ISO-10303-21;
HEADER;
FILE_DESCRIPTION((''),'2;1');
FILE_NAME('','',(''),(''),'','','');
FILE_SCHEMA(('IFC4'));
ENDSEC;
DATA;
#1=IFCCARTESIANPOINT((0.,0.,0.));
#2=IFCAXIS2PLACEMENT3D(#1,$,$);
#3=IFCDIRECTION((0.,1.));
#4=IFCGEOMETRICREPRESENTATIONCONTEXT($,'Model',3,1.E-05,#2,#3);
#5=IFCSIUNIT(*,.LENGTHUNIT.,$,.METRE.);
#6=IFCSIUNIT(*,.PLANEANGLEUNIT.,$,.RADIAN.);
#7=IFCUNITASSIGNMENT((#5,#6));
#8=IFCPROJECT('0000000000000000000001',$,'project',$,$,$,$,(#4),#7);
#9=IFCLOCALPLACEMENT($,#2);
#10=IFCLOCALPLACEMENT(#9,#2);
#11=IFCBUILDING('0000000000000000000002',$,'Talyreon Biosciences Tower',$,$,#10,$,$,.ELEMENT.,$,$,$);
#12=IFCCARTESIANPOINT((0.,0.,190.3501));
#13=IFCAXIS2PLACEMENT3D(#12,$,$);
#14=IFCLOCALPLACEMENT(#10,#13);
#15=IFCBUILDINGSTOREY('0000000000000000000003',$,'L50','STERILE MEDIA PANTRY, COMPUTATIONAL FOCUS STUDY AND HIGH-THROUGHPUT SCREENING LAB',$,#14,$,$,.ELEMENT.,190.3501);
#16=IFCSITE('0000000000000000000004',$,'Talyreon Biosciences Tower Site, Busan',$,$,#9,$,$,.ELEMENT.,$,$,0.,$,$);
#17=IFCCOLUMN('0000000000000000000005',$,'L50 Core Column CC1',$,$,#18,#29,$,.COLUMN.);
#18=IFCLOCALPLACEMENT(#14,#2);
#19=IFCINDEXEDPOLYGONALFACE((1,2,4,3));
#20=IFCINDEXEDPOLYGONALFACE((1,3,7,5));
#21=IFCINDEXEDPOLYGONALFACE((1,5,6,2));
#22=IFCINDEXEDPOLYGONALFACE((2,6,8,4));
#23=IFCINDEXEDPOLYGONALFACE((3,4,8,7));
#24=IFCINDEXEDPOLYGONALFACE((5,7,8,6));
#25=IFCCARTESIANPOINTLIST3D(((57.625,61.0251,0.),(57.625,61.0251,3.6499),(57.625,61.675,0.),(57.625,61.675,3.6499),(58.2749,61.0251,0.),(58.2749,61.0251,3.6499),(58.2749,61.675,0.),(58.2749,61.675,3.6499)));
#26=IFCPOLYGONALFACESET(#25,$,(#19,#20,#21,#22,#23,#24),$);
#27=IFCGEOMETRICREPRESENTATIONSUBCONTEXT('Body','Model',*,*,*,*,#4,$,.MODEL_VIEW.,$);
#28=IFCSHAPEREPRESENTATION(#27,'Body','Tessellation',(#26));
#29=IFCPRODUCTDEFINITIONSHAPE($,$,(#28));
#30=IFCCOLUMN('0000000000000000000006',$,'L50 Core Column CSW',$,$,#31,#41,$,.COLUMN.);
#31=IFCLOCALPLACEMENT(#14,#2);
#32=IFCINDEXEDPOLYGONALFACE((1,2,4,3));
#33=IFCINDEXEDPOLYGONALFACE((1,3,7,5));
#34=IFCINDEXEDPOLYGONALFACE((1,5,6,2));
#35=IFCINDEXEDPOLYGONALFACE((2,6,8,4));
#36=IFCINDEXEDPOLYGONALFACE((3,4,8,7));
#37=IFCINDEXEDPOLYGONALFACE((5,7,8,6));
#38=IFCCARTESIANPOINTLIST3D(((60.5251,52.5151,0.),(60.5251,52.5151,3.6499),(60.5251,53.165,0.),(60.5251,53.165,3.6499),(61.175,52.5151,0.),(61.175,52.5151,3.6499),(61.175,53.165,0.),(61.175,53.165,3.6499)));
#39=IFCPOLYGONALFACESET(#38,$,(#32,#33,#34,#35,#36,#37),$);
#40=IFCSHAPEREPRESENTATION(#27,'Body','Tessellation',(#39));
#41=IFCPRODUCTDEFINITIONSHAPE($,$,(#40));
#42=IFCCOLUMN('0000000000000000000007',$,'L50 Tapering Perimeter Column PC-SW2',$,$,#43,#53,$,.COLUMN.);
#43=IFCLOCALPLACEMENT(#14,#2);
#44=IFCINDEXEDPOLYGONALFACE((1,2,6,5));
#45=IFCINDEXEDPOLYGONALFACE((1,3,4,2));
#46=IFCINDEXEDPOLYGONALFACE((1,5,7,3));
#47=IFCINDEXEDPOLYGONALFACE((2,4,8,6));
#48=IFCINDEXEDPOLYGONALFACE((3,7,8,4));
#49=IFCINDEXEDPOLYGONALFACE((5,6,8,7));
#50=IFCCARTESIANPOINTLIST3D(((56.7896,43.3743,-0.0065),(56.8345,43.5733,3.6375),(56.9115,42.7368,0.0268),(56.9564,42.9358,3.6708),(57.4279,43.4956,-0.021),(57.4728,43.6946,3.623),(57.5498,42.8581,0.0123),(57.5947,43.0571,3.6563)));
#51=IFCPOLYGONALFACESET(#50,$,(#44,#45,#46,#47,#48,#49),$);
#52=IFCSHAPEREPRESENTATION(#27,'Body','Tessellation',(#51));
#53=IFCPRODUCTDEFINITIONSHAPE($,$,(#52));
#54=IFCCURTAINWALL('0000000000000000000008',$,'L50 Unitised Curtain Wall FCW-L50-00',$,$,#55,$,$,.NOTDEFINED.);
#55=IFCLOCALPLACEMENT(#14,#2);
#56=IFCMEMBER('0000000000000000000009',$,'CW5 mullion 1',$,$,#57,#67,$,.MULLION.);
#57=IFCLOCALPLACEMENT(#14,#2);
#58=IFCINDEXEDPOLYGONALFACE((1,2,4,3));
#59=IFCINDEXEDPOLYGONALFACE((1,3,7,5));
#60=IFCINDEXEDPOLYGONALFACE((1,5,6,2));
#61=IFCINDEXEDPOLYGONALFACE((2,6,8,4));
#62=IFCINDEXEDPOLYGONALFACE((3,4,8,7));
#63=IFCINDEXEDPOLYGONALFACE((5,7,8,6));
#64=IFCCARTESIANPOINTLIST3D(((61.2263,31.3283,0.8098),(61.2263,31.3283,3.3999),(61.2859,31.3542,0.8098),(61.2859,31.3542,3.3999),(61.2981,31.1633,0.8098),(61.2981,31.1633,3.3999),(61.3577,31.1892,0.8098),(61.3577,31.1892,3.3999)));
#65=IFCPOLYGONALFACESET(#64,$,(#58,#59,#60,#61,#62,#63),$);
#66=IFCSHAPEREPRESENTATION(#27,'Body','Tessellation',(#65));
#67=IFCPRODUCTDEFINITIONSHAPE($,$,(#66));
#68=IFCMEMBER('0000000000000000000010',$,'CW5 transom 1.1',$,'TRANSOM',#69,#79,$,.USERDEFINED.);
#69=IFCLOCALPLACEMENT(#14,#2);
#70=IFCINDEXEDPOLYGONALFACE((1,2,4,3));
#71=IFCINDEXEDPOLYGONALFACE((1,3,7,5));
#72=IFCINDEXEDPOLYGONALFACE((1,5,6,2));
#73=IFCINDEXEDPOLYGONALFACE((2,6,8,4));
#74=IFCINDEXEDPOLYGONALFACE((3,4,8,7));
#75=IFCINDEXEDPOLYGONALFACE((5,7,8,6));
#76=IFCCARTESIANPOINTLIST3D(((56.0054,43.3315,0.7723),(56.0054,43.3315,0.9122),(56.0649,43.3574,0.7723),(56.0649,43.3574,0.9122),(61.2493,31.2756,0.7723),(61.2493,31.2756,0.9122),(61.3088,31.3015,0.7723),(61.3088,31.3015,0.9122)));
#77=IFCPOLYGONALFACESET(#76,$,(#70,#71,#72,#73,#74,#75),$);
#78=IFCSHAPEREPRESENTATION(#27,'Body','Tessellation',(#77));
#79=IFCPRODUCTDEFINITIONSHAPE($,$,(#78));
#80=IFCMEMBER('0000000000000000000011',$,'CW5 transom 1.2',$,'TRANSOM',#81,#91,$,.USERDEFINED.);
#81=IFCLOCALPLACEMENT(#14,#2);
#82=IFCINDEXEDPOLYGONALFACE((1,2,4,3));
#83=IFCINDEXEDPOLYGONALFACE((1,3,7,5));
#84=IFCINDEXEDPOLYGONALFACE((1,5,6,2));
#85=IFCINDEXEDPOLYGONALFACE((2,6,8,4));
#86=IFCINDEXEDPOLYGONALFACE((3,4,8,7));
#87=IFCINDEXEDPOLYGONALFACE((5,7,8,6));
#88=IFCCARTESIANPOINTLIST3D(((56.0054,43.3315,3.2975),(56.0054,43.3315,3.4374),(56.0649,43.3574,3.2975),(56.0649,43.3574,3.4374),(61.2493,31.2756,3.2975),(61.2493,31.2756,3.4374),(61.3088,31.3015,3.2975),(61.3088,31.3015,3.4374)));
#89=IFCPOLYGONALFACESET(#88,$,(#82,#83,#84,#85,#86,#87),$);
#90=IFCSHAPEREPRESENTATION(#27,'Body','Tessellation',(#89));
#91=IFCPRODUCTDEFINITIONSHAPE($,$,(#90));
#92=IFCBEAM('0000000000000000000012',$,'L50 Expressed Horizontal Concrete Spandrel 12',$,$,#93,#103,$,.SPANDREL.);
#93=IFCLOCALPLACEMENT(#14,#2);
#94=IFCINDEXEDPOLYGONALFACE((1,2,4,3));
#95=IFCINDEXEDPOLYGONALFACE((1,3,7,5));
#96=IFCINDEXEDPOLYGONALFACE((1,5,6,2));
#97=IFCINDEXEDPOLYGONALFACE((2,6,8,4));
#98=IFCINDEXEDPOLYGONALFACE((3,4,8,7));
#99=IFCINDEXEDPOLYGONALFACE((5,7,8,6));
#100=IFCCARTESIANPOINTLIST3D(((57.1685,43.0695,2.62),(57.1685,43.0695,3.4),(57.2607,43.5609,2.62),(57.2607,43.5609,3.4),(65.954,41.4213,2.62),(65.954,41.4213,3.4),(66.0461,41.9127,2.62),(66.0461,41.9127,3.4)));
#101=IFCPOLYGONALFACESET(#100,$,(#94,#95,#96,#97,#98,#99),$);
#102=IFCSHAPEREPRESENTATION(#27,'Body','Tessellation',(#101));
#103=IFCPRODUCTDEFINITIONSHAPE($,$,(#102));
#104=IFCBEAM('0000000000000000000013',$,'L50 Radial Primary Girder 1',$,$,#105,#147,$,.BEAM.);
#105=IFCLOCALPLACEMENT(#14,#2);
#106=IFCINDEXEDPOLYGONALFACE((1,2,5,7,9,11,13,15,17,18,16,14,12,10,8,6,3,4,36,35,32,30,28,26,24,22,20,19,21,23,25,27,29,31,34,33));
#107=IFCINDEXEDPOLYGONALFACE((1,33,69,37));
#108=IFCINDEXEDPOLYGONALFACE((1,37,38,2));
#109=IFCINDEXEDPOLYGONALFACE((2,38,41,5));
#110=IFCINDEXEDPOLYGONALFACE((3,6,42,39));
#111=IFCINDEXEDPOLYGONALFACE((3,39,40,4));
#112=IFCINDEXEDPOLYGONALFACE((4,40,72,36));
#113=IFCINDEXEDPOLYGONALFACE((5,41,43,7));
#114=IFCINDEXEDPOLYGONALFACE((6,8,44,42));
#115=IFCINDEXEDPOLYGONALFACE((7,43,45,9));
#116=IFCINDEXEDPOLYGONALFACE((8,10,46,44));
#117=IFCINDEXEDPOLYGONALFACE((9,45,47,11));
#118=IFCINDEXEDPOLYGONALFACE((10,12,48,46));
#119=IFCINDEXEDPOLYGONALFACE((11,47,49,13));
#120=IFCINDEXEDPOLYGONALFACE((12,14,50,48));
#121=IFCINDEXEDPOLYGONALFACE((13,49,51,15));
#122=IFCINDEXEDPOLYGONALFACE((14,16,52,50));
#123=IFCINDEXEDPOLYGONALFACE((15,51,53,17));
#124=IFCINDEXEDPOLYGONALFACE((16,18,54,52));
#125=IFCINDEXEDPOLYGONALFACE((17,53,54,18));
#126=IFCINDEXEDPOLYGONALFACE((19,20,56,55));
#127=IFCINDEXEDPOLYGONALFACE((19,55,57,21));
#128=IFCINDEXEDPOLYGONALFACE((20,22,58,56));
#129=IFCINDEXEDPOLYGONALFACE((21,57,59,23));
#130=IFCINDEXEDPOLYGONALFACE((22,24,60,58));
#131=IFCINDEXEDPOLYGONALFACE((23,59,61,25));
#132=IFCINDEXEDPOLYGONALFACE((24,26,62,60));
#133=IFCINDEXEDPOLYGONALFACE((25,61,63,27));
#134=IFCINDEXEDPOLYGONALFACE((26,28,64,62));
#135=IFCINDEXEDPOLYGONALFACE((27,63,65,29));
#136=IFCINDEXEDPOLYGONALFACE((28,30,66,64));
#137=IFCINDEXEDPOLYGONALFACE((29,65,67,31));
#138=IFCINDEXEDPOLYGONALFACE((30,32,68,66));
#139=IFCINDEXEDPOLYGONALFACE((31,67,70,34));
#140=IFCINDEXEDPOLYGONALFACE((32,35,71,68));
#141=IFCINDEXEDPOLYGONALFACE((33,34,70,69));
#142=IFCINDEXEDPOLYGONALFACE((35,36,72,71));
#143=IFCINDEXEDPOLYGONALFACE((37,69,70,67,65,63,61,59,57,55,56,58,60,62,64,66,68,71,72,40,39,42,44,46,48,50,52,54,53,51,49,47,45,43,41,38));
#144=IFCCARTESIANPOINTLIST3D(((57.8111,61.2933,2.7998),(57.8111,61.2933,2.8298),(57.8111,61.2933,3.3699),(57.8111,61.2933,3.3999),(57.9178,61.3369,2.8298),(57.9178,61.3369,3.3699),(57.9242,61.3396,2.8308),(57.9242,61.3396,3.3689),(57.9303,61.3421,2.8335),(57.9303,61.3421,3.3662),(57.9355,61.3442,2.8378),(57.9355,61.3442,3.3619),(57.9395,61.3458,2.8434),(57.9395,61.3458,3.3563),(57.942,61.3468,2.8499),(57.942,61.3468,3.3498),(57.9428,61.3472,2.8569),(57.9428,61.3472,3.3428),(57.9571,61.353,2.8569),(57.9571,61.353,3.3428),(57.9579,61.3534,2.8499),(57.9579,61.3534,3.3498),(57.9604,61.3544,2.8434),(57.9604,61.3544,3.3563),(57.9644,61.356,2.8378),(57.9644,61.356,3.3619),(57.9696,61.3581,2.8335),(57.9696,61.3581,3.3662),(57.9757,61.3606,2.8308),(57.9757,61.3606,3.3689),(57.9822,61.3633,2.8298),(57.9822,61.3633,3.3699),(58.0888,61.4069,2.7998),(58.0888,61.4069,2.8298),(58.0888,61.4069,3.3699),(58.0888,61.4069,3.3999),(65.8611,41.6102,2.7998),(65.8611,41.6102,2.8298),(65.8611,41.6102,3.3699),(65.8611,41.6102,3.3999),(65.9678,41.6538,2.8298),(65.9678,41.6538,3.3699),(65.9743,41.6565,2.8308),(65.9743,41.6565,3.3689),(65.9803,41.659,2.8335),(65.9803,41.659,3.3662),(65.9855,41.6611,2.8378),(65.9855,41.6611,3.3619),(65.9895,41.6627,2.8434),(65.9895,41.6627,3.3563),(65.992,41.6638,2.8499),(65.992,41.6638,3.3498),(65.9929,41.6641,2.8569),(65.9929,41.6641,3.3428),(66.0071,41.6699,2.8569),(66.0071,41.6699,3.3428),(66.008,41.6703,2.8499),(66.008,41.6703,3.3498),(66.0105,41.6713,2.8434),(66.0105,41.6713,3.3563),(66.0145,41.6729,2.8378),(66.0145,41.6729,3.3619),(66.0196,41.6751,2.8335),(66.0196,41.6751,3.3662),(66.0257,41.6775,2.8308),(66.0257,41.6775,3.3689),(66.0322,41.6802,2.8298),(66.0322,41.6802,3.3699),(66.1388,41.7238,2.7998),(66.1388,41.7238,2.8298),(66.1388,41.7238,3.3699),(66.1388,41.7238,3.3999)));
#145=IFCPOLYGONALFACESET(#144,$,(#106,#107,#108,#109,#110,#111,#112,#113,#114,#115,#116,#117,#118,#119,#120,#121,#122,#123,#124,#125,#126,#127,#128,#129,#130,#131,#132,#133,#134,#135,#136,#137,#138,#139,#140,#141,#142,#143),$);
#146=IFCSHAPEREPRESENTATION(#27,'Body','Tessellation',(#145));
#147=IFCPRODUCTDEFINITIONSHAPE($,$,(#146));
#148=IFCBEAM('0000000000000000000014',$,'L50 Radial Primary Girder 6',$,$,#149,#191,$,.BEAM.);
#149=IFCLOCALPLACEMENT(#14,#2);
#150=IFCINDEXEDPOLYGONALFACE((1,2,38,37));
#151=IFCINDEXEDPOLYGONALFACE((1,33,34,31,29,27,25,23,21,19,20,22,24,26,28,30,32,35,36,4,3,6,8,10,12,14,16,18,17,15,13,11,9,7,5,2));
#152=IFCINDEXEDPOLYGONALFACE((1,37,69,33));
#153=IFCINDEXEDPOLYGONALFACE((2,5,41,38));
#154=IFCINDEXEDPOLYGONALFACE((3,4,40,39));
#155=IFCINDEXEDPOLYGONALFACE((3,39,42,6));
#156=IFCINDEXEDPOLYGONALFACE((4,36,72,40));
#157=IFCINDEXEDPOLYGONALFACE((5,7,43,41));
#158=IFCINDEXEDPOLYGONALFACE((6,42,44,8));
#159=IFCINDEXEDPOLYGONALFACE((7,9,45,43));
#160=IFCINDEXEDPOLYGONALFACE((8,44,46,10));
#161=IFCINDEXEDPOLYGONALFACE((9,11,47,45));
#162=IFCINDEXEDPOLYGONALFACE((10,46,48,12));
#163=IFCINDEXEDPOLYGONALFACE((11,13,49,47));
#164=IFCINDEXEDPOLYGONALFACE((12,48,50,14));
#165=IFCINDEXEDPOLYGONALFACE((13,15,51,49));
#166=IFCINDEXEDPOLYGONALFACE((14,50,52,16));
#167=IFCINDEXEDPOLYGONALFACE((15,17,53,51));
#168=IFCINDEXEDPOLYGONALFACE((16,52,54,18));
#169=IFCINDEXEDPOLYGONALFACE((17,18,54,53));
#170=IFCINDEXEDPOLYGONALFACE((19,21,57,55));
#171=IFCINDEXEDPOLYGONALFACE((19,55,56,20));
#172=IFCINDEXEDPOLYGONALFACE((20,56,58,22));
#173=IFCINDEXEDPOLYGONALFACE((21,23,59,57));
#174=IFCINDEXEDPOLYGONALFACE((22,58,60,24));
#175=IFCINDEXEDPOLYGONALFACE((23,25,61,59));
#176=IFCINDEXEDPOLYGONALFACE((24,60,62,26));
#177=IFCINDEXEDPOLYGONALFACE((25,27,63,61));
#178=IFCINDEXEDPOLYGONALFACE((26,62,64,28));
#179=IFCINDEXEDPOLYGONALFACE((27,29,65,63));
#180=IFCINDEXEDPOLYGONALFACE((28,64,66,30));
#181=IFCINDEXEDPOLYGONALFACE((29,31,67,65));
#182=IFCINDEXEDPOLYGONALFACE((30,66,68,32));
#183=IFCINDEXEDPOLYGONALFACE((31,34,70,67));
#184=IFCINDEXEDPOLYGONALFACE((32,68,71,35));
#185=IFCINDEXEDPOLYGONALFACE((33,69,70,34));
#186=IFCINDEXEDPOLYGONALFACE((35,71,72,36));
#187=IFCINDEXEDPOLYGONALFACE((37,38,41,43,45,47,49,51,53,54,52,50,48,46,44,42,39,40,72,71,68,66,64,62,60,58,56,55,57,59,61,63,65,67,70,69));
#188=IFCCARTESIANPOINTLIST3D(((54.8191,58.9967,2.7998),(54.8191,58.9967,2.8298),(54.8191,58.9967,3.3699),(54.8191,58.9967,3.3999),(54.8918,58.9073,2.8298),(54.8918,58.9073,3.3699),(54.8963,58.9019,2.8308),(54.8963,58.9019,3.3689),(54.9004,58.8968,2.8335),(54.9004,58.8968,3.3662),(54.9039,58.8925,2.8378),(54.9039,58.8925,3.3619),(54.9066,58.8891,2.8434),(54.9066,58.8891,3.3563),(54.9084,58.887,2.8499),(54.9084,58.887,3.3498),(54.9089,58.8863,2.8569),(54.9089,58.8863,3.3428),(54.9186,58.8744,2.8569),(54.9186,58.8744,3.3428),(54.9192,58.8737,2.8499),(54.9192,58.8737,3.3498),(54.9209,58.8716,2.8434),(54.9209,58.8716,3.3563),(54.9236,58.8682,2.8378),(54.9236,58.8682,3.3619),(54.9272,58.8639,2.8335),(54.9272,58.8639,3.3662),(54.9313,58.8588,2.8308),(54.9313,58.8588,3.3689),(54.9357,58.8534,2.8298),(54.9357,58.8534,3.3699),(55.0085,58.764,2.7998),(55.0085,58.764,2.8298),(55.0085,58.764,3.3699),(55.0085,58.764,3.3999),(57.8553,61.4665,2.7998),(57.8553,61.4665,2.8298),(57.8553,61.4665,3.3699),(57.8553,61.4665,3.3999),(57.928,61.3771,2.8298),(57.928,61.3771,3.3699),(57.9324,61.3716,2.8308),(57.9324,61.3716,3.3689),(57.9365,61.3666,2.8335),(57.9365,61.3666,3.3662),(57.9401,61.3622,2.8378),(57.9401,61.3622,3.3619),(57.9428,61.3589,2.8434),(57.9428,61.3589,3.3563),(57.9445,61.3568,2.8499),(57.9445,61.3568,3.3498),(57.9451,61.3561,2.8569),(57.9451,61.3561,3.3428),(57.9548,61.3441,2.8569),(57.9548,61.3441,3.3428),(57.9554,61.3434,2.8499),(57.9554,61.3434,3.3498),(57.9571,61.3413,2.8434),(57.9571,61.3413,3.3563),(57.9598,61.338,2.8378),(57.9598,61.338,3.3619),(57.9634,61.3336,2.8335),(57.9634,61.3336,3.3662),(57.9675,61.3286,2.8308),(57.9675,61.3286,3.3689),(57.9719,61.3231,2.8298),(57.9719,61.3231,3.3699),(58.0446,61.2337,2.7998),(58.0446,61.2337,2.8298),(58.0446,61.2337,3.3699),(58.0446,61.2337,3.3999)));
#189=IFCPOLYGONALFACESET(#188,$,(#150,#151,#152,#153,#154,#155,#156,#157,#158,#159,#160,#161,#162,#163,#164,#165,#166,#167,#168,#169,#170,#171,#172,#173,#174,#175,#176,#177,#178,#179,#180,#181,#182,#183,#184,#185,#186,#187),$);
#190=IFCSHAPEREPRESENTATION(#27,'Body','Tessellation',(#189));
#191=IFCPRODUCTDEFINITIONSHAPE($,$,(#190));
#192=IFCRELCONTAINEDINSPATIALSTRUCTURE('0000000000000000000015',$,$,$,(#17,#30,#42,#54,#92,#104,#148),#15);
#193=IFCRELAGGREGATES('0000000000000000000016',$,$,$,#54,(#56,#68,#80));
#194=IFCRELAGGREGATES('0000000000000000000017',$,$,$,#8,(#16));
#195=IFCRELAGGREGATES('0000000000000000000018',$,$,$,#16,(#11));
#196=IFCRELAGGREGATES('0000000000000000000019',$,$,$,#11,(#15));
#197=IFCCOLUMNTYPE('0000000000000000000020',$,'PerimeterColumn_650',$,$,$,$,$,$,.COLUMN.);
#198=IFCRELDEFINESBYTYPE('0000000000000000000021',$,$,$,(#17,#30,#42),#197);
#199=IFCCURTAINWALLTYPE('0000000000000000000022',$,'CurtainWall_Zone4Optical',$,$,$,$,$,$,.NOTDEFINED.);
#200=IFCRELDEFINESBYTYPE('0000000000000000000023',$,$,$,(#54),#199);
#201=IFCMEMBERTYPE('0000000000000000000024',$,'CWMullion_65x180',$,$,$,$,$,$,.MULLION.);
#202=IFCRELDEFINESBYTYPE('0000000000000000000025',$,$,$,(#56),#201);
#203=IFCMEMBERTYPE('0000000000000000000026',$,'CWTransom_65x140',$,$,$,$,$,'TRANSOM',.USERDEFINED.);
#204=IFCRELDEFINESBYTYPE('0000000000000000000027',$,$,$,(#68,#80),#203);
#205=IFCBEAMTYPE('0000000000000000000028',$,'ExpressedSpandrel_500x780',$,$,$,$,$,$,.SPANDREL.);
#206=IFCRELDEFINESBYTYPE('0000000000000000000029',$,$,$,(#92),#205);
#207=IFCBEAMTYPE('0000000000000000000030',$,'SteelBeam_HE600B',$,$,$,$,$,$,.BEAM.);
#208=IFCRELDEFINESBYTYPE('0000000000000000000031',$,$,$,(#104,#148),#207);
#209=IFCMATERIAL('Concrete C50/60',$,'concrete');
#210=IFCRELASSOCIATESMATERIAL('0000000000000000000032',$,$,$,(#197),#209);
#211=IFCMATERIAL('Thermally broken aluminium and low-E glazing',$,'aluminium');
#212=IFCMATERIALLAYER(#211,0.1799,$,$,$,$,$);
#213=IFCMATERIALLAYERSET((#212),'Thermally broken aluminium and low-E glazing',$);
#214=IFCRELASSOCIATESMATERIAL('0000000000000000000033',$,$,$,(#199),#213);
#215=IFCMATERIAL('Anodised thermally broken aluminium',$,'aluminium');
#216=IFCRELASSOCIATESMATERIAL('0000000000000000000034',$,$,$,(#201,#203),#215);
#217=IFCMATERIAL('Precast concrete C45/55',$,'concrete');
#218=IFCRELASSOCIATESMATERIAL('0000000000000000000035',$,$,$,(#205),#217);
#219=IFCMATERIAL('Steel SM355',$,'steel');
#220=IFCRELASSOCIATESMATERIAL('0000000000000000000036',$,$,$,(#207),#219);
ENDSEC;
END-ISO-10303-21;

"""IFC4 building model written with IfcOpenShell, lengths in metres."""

from ifc_helpers import new_model, si_unit, direction, frame, origin, origin_2d, place, context, subcontext, project, spatial, rectangle, i_section, extrude, material, layer, layer_set, material_profile, profile_set, type_object, element, aggregate, save


model = new_model("IFC4")

# Units and contexts
model_context = context("Model", 3, precision=1e-05, world=origin(), true_north=direction((0.0, 1.0)))
body_context = subcontext(model_context, "Body", "Model", "MODEL_VIEW")
ifc_project = project(units=[si_unit("LENGTHUNIT", "METRE"), si_unit("PLANEANGLEUNIT", "RADIAN")], contexts=[model_context])

# Site, building, storey
site_placement = place(None, origin())
site = spatial("IfcSite", under=ifc_project, at=site_placement, Name="Talyreon Biosciences Tower Site, Busan", CompositionType="ELEMENT", RefElevation=0.0)
building_placement = place(site_placement, origin())
building = spatial("IfcBuilding", under=site, at=building_placement, Name="Talyreon Biosciences Tower", CompositionType="ELEMENT")
storey_placement = place(building_placement, frame((0.0, 0.0, 190.3501)))
storey = spatial("IfcBuildingStorey", under=building, at=storey_placement, Name="L50", Description="STERILE MEDIA PANTRY, COMPUTATIONAL FOCUS STUDY AND HIGH-THROUGHPUT SCREENING LAB", CompositionType="ELEMENT", Elevation=190.3501)

# Columns
ifc_material_1 = material(Name="Concrete C50/60", Category="concrete")
ifc_material_profile_1 = material_profile(ifc_material_1, rectangle(XDim=0.6499, YDim=0.6499, at=origin_2d()), Name="RC 650x650")
ifc_profile_set_1 = profile_set([ifc_material_profile_1], Name="Concrete C50/60")
column_type = type_object("IfcColumnType", Name="PerimeterColumn_650", PredefinedType="COLUMN", material=ifc_profile_set_1)
for number, where, z_axis, x_axis, name in (
    (1, (57.95, 61.3501, 0.0), (0.0, 0.0, 1.0), (1.0, 0.0, 0.0), "L50 Core Column CC1"),
    (2, (60.8501, 52.8401, 0.0), (0.0, 0.0, 1.0), (1.0, 0.0, 0.0), "L50 Core Column CSW"),
):
    element("IfcColumn", number, at=place(storey_placement, frame(where, z_axis=z_axis, x_axis=x_axis)), inside=storey, type_object=column_type, Name=name, PredefinedType="COLUMN", context=body_context, shape_type="SweptSolid", body=[
        extrude(rectangle(XDim=0.6499, YDim=0.6499, at=origin_2d()), origin(), (0.0, 0.0, 1.0), 3.6499),
    ])
column_placement = place(storey_placement, frame((57.1697, 43.1162, 0.0029), z_axis=(0.012308, 0.054517, 0.998437), x_axis=(-0.187522, 0.980923, -0.051249)))
element("IfcColumn", 3, at=column_placement, inside=storey, type_object=column_type, Name="L50 Tapering Perimeter Column PC-SW2", PredefinedType="COLUMN", context=body_context, shape_type="SweptSolid", body=[
    extrude(rectangle(XDim=0.6499, YDim=0.6499, at=origin_2d()), origin(), (0.0, 0.0, 1.0), 3.6497),
])

# Curtain wall, members
ifc_material_2 = material(Name="Thermally broken aluminium and low-E glazing", Category="aluminium")
ifc_layer_1 = layer(ifc_material_2, 0.1799)
ifc_layer_set_1 = layer_set([ifc_layer_1], Name="Thermally broken aluminium and low-E glazing")
curtain_wall_type = type_object("IfcCurtainWallType", Name="CurtainWall_Zone4Optical", PredefinedType="NOTDEFINED", material=ifc_layer_set_1)
curtain_wall_placement = place(storey_placement, origin())
curtain_wall = element("IfcCurtainWall", 4, at=curtain_wall_placement, inside=storey, type_object=curtain_wall_type, Name="L50 Unitised Curtain Wall FCW-L50-00", PredefinedType="NOTDEFINED")
ifc_material_3 = material(Name="Anodised thermally broken aluminium", Category="aluminium")
ifc_material_profile_2 = material_profile(ifc_material_3, rectangle(XDim=0.0649, YDim=0.1799, at=origin_2d()), Name="ALUM MULLION 65x180")
ifc_profile_set_2 = profile_set([ifc_material_profile_2], Name="Anodised thermally broken aluminium")
member_type_1 = type_object("IfcMemberType", Name="CWMullion_65x180", PredefinedType="MULLION", material=ifc_profile_set_2)
member_1_placement = place(storey_placement, frame((61.292, 31.2588, 0.8098), z_axis=(0.0, 0.0, 1.0), x_axis=(-0.917011, -0.398862, 0.0)))
member_1 = element("IfcMember", 5, at=member_1_placement, type_object=member_type_1, Name="CW5 mullion 1", PredefinedType="MULLION", context=body_context, shape_type="SweptSolid", body=[
    extrude(rectangle(XDim=0.0649, YDim=0.1799, at=origin_2d()), origin(), (0.0, 0.0, 1.0), 2.5901),
])
ifc_material_profile_3 = material_profile(ifc_material_3, rectangle(XDim=0.0649, YDim=0.1399, at=origin_2d()), Name="ALUM TRANSOM 65x140")
ifc_profile_set_3 = profile_set([ifc_material_profile_3], Name="Anodised thermally broken aluminium")
member_type_2 = type_object("IfcMemberType", Name="CWTransom_65x140", ElementType="TRANSOM", PredefinedType="USERDEFINED", material=ifc_profile_set_3)
member_2_placement = place(storey_placement, frame((61.2791, 31.2886, 0.8423), z_axis=(-0.398867, 0.917009, 0.0), x_axis=(-0.917009, -0.398867, 0.0)))
member_2 = element("IfcMember", 6, at=member_2_placement, type_object=member_type_2, Name="CW5 transom 1.1", ObjectType="TRANSOM", PredefinedType="USERDEFINED", context=body_context, shape_type="SweptSolid", body=[
    extrude(rectangle(XDim=0.0649, YDim=0.1399, at=origin_2d()), origin(), (0.0, 0.0, 1.0), 13.147),
])
member_3_placement = place(storey_placement, frame((61.2791, 31.2886, 3.3674), z_axis=(-0.398867, 0.917009, 0.0), x_axis=(-0.917009, -0.398867, 0.0)))
member_3 = element("IfcMember", 7, at=member_3_placement, type_object=member_type_2, Name="CW5 transom 1.2", ObjectType="TRANSOM", PredefinedType="USERDEFINED", context=body_context, shape_type="SweptSolid", body=[
    extrude(rectangle(XDim=0.0649, YDim=0.1399, at=origin_2d()), origin(), (0.0, 0.0, 1.0), 13.147),
])

# Beams
ifc_material_4 = material(Name="Precast concrete C45/55", Category="concrete")
ifc_material_profile_4 = material_profile(ifc_material_4, rectangle(XDim=0.5, YDim=0.78, at=origin_2d()), Name="RCB 500x780")
ifc_profile_set_4 = profile_set([ifc_material_profile_4], Name="Precast concrete C45/55")
beam_type_1 = type_object("IfcBeamType", Name="ExpressedSpandrel_500x780", PredefinedType="SPANDREL", material=ifc_profile_set_4)
beam_1_placement = place(storey_placement, frame((57.2146, 43.3152, 3.01), z_axis=(0.982853, -0.184389, 0.0), x_axis=(0.184389, 0.982853, 0.0)))
element("IfcBeam", 8, at=beam_1_placement, inside=storey, type_object=beam_type_1, Name="L50 Expressed Horizontal Concrete Spandrel 12", PredefinedType="SPANDREL", context=body_context, shape_type="SweptSolid", body=[
    extrude(rectangle(XDim=0.5, YDim=0.78, at=origin_2d()), origin(), (0.0, 0.0, 1.0), 8.9387),
])
ifc_material_5 = material(Name="Steel SM355", Category="steel")
ifc_material_profile_5 = material_profile(ifc_material_5, i_section(OverallWidth=0.3, OverallDepth=0.6001, WebThickness=0.0154, FlangeThickness=0.03, FilletRadius=0.0271, at=origin_2d()), Name="HE600B")
ifc_profile_set_5 = profile_set([ifc_material_profile_5], Name="Steel SM355")
beam_type_2 = type_object("IfcBeamType", Name="SteelBeam_HE600B", PredefinedType="BEAM", material=ifc_profile_set_5)
beam_2_placement = place(storey_placement, frame((57.95, 61.3501, 3.0999), z_axis=(0.378547, -0.925582, 0.0), x_axis=(0.925582, 0.378547, 0.0)))
element("IfcBeam", 9, at=beam_2_placement, inside=storey, type_object=beam_type_2, Name="L50 Radial Primary Girder 1", PredefinedType="BEAM", context=body_context, shape_type="SweptSolid", body=[
    extrude(i_section(OverallWidth=0.3, OverallDepth=0.6001, WebThickness=0.0154, FlangeThickness=0.03, FilletRadius=0.0271, at=origin_2d()), origin(), (0.0, 0.0, 1.0), 21.2656),
])
beam_3_placement = place(storey_placement, frame((57.95, 61.3501, 3.0999), z_axis=(-0.775755, -0.631034, 0.0), x_axis=(0.631034, -0.775755, 0.0)))
element("IfcBeam", 10, at=beam_3_placement, inside=storey, type_object=beam_type_2, Name="L50 Radial Primary Girder 6", PredefinedType="BEAM", context=body_context, shape_type="SweptSolid", body=[
    extrude(i_section(OverallWidth=0.3, OverallDepth=0.6001, WebThickness=0.0154, FlangeThickness=0.03, FilletRadius=0.0271, at=origin_2d()), origin(), (0.0, 0.0, 1.0), 3.9138),
])

aggregate(curtain_wall, [member_1, member_2, member_3])

save(model, "model.ifc")
